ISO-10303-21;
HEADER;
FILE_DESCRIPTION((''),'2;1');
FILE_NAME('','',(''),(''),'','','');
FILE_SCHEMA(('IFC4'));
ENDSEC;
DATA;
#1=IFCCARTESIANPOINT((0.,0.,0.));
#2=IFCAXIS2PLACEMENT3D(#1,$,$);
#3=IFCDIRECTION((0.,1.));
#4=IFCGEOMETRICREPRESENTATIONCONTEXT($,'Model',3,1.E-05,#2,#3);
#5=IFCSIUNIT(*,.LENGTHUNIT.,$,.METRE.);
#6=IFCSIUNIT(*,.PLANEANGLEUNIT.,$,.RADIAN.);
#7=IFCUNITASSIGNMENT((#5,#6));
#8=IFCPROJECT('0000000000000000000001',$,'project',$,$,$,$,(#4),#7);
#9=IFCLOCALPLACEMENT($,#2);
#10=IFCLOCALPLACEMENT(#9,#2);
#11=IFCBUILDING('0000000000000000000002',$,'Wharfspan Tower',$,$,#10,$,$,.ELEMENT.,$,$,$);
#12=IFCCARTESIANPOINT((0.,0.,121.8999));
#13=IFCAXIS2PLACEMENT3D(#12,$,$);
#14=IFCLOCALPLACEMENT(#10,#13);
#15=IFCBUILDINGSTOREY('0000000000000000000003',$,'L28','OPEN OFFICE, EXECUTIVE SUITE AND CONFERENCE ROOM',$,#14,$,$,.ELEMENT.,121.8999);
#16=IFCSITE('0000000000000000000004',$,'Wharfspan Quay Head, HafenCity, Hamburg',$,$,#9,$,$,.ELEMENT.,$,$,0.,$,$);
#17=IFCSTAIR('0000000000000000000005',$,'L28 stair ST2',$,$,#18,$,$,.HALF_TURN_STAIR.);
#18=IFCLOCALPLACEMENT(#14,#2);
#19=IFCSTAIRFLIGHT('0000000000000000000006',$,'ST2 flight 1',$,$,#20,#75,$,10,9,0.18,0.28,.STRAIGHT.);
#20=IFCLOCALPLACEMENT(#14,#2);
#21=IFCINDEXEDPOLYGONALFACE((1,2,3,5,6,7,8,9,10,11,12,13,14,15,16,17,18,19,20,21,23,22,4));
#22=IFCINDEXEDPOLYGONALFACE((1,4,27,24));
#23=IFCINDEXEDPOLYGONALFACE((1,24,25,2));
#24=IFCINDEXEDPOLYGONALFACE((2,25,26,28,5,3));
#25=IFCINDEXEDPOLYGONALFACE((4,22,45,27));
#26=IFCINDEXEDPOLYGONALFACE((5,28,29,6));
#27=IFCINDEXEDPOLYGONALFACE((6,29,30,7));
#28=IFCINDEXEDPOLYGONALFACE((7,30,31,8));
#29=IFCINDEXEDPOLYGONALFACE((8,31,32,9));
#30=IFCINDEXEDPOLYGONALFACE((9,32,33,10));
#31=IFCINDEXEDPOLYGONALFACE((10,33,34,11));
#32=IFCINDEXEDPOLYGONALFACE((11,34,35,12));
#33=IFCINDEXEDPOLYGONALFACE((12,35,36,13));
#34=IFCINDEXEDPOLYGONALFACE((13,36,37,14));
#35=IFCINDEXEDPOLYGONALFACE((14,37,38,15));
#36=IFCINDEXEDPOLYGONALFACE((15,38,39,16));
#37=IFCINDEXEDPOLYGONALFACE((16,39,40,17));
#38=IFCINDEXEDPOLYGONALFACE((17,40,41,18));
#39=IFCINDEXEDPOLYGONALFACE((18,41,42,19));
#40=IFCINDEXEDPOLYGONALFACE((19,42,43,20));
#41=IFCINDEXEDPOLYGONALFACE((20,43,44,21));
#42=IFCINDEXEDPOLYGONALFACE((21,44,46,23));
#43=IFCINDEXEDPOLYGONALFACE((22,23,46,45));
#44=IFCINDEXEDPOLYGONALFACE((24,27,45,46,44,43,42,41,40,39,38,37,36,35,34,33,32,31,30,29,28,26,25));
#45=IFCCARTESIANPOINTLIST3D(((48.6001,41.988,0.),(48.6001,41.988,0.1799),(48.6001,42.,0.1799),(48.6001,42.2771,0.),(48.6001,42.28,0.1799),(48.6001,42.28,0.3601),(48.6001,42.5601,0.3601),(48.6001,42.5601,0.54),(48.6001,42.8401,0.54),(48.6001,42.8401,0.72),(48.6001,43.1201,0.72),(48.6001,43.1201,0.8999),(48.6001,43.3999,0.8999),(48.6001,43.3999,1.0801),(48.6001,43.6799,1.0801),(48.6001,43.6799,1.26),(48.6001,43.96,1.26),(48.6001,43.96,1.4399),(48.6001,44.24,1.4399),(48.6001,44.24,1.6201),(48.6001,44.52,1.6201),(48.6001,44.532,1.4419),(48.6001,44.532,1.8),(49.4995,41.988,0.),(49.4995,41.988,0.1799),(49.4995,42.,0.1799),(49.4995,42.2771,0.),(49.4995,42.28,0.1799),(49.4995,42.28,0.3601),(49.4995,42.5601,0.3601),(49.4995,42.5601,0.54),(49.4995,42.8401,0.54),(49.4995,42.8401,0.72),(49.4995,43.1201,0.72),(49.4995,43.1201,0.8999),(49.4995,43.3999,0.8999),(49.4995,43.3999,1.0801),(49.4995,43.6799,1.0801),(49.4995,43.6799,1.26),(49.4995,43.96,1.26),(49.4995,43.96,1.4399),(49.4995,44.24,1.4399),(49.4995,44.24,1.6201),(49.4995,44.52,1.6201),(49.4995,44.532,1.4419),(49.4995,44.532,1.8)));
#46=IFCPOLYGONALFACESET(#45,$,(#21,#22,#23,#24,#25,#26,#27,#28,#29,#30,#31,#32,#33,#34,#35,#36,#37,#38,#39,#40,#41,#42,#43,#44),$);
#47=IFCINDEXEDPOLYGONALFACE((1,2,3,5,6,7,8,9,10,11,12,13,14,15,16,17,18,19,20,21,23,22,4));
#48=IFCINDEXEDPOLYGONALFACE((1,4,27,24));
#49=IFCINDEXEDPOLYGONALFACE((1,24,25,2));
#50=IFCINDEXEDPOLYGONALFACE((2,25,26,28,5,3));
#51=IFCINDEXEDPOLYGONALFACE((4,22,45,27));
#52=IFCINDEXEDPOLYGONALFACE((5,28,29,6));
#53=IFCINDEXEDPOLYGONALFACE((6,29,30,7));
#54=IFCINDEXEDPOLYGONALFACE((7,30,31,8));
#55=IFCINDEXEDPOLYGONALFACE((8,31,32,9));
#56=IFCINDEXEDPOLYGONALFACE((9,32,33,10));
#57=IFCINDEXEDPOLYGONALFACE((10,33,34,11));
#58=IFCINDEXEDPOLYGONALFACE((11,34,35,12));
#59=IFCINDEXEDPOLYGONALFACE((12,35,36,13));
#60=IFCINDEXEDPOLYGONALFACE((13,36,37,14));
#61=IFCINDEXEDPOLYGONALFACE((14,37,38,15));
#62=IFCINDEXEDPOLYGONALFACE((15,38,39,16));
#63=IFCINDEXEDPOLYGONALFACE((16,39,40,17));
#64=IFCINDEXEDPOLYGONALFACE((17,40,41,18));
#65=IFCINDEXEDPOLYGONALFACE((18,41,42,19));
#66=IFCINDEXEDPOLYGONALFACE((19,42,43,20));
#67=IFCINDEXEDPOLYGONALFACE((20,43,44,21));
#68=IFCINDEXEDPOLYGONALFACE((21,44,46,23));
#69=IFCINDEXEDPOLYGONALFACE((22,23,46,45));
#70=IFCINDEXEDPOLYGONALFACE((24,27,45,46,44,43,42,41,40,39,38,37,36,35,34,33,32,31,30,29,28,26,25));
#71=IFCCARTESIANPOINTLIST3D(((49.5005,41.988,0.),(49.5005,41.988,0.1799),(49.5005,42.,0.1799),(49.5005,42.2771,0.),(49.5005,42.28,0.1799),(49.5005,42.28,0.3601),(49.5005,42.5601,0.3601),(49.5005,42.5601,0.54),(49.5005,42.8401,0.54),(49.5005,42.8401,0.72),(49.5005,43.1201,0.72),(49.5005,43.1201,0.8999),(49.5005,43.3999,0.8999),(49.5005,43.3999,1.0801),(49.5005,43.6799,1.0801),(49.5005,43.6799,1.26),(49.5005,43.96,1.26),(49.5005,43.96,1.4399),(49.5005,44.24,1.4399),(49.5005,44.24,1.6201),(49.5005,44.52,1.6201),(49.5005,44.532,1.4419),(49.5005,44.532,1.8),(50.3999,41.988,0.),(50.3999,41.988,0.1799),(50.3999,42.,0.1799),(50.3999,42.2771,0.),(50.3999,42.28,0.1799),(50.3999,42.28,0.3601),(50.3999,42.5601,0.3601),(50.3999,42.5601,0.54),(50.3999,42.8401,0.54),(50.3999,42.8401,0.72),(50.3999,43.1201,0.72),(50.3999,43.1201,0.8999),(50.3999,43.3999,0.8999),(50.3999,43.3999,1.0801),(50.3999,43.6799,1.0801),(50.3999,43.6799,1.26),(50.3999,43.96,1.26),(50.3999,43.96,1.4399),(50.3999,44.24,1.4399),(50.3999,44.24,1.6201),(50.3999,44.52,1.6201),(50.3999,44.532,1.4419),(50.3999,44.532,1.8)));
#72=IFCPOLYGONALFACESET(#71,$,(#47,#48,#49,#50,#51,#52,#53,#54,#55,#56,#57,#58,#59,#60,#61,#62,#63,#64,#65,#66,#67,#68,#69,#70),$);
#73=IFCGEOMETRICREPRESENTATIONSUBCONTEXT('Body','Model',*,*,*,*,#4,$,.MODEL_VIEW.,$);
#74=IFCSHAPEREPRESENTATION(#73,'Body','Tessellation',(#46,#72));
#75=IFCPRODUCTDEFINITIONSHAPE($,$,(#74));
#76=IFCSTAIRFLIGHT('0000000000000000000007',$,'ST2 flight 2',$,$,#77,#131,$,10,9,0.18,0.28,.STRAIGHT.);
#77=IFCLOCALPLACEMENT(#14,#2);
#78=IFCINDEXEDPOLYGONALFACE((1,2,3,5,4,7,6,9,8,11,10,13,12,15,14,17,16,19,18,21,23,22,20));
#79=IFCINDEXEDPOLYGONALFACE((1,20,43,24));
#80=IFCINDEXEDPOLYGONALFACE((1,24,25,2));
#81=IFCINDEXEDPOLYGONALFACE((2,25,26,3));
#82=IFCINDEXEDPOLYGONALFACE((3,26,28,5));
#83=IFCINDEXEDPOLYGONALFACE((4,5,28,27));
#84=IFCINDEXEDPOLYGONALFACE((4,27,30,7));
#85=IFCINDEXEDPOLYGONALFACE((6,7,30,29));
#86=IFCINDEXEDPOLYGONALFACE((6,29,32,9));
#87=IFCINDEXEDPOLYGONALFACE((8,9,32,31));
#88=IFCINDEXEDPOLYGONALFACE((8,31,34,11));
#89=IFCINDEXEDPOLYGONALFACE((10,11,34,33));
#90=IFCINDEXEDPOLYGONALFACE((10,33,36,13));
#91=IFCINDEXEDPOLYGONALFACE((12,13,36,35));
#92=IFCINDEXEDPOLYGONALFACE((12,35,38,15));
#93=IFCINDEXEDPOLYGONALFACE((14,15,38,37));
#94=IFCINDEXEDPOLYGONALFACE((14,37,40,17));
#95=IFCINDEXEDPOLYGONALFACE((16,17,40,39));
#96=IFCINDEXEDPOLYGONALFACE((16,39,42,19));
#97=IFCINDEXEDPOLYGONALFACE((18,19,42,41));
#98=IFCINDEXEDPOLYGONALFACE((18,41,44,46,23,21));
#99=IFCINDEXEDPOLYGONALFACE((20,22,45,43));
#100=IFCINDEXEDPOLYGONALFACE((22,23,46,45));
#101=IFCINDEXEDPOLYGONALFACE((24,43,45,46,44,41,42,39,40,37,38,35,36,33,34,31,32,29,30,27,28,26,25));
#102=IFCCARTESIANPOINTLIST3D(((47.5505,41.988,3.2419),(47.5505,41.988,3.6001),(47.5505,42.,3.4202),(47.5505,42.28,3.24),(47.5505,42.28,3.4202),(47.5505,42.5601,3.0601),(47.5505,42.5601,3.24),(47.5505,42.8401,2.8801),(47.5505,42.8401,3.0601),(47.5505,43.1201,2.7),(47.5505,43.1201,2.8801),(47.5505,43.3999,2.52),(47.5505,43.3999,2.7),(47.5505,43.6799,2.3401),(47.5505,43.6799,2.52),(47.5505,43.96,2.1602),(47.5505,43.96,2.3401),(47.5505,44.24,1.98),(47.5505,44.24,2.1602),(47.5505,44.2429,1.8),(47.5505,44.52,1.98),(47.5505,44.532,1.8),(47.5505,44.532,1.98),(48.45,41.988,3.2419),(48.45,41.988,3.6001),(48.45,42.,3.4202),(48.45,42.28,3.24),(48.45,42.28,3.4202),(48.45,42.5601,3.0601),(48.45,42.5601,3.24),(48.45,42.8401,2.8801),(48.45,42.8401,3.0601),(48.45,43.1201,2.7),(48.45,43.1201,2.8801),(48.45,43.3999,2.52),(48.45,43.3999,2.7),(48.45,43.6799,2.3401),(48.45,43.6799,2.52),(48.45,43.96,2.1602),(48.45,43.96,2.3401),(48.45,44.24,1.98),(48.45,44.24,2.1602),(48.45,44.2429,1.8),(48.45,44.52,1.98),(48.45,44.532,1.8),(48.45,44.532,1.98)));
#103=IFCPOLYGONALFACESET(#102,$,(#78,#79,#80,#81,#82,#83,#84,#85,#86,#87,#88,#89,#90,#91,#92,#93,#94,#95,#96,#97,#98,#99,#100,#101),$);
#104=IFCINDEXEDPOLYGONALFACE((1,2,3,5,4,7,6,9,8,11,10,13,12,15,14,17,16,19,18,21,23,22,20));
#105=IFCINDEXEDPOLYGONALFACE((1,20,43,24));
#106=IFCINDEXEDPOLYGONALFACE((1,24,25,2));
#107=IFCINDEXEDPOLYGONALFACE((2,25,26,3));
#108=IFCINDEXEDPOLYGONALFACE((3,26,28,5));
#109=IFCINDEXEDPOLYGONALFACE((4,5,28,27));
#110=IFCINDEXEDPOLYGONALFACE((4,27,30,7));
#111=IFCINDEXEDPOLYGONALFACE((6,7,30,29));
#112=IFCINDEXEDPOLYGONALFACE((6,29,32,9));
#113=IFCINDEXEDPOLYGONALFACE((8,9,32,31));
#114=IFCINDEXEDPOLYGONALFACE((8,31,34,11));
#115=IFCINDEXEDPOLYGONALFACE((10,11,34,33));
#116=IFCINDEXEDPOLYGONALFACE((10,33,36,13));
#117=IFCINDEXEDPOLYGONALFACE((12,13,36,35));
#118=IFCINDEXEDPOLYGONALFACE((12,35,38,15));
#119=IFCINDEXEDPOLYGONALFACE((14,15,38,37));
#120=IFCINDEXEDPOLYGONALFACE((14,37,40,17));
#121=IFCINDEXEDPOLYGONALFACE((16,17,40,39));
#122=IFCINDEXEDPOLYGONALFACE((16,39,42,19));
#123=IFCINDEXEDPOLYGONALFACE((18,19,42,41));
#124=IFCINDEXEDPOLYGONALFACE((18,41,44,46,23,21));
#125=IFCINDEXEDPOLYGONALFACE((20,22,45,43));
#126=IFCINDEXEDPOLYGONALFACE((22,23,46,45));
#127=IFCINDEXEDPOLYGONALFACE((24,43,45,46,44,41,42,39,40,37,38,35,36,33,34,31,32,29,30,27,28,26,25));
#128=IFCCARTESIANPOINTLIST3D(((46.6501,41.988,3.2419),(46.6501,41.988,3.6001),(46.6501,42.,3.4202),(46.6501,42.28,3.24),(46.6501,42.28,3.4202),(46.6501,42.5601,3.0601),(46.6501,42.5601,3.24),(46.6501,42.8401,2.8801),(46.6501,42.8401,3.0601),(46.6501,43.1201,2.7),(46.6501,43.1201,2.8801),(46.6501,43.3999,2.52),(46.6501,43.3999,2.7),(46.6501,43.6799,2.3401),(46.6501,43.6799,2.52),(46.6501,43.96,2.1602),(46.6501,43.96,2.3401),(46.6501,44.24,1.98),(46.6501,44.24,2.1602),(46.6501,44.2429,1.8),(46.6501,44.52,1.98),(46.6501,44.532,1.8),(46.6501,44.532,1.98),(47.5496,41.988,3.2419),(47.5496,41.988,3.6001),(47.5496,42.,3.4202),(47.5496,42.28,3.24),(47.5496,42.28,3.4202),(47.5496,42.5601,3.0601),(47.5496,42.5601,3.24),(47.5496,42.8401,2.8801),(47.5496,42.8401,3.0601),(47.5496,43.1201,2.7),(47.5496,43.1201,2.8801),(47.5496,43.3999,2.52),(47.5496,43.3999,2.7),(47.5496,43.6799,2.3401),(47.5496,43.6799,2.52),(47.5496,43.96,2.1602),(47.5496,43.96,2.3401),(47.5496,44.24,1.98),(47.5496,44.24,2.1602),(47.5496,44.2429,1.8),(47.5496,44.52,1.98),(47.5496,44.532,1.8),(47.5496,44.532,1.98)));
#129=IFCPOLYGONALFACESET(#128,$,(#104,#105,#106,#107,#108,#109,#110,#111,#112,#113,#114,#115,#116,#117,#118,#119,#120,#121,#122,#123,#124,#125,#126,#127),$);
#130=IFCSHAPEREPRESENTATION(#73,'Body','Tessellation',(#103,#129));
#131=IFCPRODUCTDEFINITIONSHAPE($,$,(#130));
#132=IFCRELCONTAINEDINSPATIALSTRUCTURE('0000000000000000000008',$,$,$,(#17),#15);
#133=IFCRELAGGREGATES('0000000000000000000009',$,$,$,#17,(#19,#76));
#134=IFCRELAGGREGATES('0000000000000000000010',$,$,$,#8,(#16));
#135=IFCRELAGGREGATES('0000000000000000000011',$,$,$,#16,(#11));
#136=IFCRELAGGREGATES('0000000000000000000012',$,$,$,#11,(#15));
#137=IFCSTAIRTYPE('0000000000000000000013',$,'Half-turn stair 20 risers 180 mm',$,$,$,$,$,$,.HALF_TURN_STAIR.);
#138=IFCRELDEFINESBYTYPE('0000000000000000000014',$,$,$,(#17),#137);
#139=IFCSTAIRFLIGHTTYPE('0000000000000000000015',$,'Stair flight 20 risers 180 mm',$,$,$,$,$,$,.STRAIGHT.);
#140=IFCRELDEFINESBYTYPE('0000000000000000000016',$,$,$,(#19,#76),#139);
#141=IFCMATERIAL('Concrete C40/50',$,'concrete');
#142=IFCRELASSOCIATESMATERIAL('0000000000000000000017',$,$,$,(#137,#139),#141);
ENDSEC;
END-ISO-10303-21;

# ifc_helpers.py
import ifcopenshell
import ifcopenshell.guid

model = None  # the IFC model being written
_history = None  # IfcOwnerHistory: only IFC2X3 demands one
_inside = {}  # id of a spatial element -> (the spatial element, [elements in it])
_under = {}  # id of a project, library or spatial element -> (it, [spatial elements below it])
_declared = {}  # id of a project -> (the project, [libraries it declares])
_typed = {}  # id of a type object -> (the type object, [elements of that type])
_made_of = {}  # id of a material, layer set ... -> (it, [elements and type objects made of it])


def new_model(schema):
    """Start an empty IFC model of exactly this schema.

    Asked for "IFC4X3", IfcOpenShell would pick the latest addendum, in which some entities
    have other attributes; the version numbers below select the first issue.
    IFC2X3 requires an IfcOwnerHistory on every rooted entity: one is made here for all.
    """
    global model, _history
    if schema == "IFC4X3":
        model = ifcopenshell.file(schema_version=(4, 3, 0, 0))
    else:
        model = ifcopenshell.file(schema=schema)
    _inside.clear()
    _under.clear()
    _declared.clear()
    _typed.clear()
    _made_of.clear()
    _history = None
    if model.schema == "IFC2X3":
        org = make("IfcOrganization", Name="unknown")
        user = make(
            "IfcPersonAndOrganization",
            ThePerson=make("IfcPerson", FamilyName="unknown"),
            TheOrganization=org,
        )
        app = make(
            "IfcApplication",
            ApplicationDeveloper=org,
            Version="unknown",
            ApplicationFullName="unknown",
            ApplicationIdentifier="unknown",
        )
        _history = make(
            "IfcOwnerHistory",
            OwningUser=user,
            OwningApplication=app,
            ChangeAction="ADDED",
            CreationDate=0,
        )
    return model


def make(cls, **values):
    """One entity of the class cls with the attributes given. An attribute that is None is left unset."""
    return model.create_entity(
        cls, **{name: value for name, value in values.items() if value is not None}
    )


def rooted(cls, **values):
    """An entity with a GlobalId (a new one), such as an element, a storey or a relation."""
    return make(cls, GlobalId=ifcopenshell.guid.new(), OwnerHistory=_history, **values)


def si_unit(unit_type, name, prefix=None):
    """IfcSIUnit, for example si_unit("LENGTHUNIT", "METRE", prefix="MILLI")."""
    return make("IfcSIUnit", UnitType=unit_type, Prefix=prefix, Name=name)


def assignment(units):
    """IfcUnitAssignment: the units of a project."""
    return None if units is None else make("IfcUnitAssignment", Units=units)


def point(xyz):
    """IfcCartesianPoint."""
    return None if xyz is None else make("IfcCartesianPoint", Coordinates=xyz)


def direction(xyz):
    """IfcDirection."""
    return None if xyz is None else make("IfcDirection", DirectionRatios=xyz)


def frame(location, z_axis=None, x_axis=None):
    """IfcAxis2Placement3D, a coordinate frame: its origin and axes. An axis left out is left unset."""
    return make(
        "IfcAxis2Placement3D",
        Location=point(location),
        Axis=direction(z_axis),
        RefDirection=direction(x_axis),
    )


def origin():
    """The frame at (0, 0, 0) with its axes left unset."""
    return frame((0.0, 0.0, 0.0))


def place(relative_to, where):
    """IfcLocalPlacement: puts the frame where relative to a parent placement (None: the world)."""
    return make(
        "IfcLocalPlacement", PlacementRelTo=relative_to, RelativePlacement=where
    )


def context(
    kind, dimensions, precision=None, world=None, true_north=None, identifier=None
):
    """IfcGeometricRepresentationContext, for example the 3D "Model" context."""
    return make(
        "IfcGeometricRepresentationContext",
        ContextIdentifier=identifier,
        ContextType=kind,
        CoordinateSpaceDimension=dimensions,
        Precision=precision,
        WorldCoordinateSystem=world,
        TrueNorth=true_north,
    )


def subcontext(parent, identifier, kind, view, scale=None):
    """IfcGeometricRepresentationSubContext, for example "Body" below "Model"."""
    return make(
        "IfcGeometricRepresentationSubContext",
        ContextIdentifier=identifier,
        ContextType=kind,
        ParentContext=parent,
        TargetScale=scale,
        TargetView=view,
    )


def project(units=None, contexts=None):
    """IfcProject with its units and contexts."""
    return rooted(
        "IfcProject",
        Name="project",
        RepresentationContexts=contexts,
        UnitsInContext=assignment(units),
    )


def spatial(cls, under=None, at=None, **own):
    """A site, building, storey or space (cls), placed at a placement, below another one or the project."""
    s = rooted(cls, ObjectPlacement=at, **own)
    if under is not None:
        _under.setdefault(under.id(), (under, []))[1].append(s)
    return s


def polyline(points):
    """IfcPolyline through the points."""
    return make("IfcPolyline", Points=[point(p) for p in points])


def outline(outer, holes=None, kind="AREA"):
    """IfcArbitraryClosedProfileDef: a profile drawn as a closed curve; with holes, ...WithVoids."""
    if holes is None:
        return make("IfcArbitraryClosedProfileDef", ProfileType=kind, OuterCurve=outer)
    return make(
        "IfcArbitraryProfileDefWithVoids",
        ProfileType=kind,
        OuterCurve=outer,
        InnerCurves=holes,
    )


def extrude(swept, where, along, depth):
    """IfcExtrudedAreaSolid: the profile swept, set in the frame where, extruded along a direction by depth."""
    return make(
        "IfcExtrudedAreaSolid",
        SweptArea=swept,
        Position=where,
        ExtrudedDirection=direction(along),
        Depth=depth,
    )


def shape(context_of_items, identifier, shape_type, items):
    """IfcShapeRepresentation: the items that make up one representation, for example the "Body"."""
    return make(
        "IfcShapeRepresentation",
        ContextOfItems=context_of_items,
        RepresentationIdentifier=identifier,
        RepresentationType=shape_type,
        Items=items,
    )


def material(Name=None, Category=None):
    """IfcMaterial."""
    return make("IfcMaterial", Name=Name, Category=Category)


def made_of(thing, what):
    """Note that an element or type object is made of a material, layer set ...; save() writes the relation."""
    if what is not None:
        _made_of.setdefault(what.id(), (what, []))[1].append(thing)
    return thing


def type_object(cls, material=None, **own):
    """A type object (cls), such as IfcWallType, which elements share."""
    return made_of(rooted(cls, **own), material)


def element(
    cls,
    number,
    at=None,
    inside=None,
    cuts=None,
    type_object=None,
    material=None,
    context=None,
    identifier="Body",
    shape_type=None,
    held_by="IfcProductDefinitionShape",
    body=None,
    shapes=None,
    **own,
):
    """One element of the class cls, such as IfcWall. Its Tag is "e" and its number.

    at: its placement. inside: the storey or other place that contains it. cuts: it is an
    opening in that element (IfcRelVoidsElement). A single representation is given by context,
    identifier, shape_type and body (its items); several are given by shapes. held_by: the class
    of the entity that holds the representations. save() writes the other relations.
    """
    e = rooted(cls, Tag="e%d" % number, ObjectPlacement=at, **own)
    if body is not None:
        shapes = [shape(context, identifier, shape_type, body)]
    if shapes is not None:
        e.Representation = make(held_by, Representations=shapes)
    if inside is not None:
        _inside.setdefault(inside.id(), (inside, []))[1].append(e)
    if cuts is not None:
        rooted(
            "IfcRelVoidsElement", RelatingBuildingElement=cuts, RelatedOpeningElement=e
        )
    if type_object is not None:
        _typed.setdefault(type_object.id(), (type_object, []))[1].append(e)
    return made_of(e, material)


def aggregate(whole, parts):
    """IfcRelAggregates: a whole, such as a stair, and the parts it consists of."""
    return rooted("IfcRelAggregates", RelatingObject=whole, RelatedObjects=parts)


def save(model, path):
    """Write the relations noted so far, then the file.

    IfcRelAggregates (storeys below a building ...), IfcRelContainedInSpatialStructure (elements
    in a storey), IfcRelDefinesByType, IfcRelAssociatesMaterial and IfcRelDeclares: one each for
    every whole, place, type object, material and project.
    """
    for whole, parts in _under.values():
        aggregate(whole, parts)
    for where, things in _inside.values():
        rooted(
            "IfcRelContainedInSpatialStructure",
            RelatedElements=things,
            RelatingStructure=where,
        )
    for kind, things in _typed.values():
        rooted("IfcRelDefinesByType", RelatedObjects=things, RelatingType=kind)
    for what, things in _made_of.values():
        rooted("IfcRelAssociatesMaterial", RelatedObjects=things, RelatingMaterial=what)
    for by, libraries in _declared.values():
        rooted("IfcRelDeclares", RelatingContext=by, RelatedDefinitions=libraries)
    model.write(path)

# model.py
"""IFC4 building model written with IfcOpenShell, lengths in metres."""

from ifc_helpers import new_model, si_unit, direction, frame, origin, place, context, subcontext, project, spatial, polyline, outline, extrude, material, type_object, element, aggregate, save


model = new_model("IFC4")

# Units and contexts
model_context = context("Model", 3, precision=1e-05, world=origin(), true_north=direction((0.0, 1.0)))
body_context = subcontext(model_context, "Body", "Model", "MODEL_VIEW")
ifc_project = project(units=[si_unit("LENGTHUNIT", "METRE"), si_unit("PLANEANGLEUNIT", "RADIAN")], contexts=[model_context])

# Site, building, storey
site_placement = place(None, origin())
site = spatial("IfcSite", under=ifc_project, at=site_placement, Name="Wharfspan Quay Head, HafenCity, Hamburg", CompositionType="ELEMENT", RefElevation=0.0)
building_placement = place(site_placement, origin())
building = spatial("IfcBuilding", under=site, at=building_placement, Name="Wharfspan Tower", CompositionType="ELEMENT")
storey_placement = place(building_placement, frame((0.0, 0.0, 121.8999)))
storey = spatial("IfcBuildingStorey", under=building, at=storey_placement, Name="L28", Description="OPEN OFFICE, EXECUTIVE SUITE AND CONFERENCE ROOM", CompositionType="ELEMENT", Elevation=121.8999)

# Shared definitions
ifc_material_1 = material(Name="Concrete C40/50", Category="concrete")

# Stair, stair flights
stair_type = type_object("IfcStairType", Name="Half-turn stair 20 risers 180 mm", PredefinedType="HALF_TURN_STAIR", material=ifc_material_1)
stair_placement = place(storey_placement, origin())
stair = element("IfcStair", 1, at=stair_placement, inside=storey, type_object=stair_type, Name="L28 stair ST2", PredefinedType="HALF_TURN_STAIR")
stair_flight_type = type_object("IfcStairFlightType", Name="Stair flight 20 risers 180 mm", PredefinedType="STRAIGHT", material=ifc_material_1)
stair_flight_1_placement = place(storey_placement, frame((49.5, 42.0, 0.0), z_axis=(0.0, 0.0, 1.0), x_axis=(0.0, 1.0, 0.0)))
stair_flight_1 = element("IfcStairFlight", 2, at=stair_flight_1_placement, type_object=stair_flight_type, Name="ST2 flight 1", NumberOfRisers=10, NumberOfTreads=9, PredefinedType="STRAIGHT", RiserHeight=0.18, TreadLength=0.28, context=body_context, shape_type="SweptSolid", body=[
    extrude(outline(polyline([(-0.012, 0.0), (-0.012, 0.1799), (0.0, 0.1799), (0.28, 0.1799), (0.28, 0.3601), (0.5601, 0.3601), (0.5601, 0.54), (0.8401, 0.54), (0.8401, 0.72), (1.1201, 0.72), (1.1201, 0.8999), (1.3999, 0.8999), (1.3999, 1.0801), (1.6799, 1.0801), (1.6799, 1.26), (1.96, 1.26), (1.96, 1.4399), (2.24, 1.4399), (2.24, 1.6201), (2.52, 1.6201), (2.532, 1.8), (2.532, 1.4419), (0.2771, 0.0), (-0.012, 0.0)])), frame((0.0, 0.8999, 0.0), z_axis=(0.0, -1.0, 0.0), x_axis=(1.0, 0.0, 0.0)), (0.0, 0.0, 1.0), 0.8994),
    extrude(outline(polyline([(-0.012, 0.0), (-0.012, 0.1799), (0.0, 0.1799), (0.28, 0.1799), (0.28, 0.3601), (0.5601, 0.3601), (0.5601, 0.54), (0.8401, 0.54), (0.8401, 0.72), (1.1201, 0.72), (1.1201, 0.8999), (1.3999, 0.8999), (1.3999, 1.0801), (1.6799, 1.0801), (1.6799, 1.26), (1.96, 1.26), (1.96, 1.4399), (2.24, 1.4399), (2.24, 1.6201), (2.52, 1.6201), (2.532, 1.8), (2.532, 1.4419), (0.2771, 0.0), (-0.012, 0.0)])), frame((0.0, -0.0005, 0.0), z_axis=(0.0, -1.0, 0.0), x_axis=(1.0, 0.0, 0.0)), (0.0, 0.0, 1.0), 0.8994),
])
stair_flight_2_placement = place(storey_placement, frame((47.55, 44.52, 1.8), z_axis=(0.0, 0.0, 1.0), x_axis=(0.0, -1.0, 0.0)))
stair_flight_2 = element("IfcStairFlight", 3, at=stair_flight_2_placement, type_object=stair_flight_type, Name="ST2 flight 2", NumberOfRisers=10, NumberOfTreads=9, PredefinedType="STRAIGHT", RiserHeight=0.18, TreadLength=0.28, context=body_context, shape_type="SweptSolid", body=[
    extrude(outline(polyline([(-0.012, 0.0), (-0.012, 0.1799), (0.0, 0.1799), (0.28, 0.1799), (0.28, 0.3601), (0.5601, 0.3601), (0.5601, 0.54), (0.8401, 0.54), (0.8401, 0.72), (1.1201, 0.72), (1.1201, 0.8999), (1.3999, 0.8999), (1.3999, 1.0801), (1.6799, 1.0801), (1.6799, 1.26), (1.96, 1.26), (1.96, 1.4399), (2.24, 1.4399), (2.24, 1.6201), (2.52, 1.6201), (2.532, 1.8), (2.532, 1.4419), (0.2771, 0.0), (-0.012, 0.0)])), frame((0.0, 0.8999, 0.0), z_axis=(0.0, -1.0, 0.0), x_axis=(1.0, 0.0, 0.0)), (0.0, 0.0, 1.0), 0.8994),
    extrude(outline(polyline([(-0.012, 0.0), (-0.012, 0.1799), (0.0, 0.1799), (0.28, 0.1799), (0.28, 0.3601), (0.5601, 0.3601), (0.5601, 0.54), (0.8401, 0.54), (0.8401, 0.72), (1.1201, 0.72), (1.1201, 0.8999), (1.3999, 0.8999), (1.3999, 1.0801), (1.6799, 1.0801), (1.6799, 1.26), (1.96, 1.26), (1.96, 1.4399), (2.24, 1.4399), (2.24, 1.6201), (2.52, 1.6201), (2.532, 1.8), (2.532, 1.4419), (0.2771, 0.0), (-0.012, 0.0)])), frame((0.0, -0.0005, 0.0), z_axis=(0.0, -1.0, 0.0), x_axis=(1.0, 0.0, 0.0)), (0.0, 0.0, 1.0), 0.8994),
])
aggregate(stair, [stair_flight_1, stair_flight_2])

save(model, "model.ifc")
